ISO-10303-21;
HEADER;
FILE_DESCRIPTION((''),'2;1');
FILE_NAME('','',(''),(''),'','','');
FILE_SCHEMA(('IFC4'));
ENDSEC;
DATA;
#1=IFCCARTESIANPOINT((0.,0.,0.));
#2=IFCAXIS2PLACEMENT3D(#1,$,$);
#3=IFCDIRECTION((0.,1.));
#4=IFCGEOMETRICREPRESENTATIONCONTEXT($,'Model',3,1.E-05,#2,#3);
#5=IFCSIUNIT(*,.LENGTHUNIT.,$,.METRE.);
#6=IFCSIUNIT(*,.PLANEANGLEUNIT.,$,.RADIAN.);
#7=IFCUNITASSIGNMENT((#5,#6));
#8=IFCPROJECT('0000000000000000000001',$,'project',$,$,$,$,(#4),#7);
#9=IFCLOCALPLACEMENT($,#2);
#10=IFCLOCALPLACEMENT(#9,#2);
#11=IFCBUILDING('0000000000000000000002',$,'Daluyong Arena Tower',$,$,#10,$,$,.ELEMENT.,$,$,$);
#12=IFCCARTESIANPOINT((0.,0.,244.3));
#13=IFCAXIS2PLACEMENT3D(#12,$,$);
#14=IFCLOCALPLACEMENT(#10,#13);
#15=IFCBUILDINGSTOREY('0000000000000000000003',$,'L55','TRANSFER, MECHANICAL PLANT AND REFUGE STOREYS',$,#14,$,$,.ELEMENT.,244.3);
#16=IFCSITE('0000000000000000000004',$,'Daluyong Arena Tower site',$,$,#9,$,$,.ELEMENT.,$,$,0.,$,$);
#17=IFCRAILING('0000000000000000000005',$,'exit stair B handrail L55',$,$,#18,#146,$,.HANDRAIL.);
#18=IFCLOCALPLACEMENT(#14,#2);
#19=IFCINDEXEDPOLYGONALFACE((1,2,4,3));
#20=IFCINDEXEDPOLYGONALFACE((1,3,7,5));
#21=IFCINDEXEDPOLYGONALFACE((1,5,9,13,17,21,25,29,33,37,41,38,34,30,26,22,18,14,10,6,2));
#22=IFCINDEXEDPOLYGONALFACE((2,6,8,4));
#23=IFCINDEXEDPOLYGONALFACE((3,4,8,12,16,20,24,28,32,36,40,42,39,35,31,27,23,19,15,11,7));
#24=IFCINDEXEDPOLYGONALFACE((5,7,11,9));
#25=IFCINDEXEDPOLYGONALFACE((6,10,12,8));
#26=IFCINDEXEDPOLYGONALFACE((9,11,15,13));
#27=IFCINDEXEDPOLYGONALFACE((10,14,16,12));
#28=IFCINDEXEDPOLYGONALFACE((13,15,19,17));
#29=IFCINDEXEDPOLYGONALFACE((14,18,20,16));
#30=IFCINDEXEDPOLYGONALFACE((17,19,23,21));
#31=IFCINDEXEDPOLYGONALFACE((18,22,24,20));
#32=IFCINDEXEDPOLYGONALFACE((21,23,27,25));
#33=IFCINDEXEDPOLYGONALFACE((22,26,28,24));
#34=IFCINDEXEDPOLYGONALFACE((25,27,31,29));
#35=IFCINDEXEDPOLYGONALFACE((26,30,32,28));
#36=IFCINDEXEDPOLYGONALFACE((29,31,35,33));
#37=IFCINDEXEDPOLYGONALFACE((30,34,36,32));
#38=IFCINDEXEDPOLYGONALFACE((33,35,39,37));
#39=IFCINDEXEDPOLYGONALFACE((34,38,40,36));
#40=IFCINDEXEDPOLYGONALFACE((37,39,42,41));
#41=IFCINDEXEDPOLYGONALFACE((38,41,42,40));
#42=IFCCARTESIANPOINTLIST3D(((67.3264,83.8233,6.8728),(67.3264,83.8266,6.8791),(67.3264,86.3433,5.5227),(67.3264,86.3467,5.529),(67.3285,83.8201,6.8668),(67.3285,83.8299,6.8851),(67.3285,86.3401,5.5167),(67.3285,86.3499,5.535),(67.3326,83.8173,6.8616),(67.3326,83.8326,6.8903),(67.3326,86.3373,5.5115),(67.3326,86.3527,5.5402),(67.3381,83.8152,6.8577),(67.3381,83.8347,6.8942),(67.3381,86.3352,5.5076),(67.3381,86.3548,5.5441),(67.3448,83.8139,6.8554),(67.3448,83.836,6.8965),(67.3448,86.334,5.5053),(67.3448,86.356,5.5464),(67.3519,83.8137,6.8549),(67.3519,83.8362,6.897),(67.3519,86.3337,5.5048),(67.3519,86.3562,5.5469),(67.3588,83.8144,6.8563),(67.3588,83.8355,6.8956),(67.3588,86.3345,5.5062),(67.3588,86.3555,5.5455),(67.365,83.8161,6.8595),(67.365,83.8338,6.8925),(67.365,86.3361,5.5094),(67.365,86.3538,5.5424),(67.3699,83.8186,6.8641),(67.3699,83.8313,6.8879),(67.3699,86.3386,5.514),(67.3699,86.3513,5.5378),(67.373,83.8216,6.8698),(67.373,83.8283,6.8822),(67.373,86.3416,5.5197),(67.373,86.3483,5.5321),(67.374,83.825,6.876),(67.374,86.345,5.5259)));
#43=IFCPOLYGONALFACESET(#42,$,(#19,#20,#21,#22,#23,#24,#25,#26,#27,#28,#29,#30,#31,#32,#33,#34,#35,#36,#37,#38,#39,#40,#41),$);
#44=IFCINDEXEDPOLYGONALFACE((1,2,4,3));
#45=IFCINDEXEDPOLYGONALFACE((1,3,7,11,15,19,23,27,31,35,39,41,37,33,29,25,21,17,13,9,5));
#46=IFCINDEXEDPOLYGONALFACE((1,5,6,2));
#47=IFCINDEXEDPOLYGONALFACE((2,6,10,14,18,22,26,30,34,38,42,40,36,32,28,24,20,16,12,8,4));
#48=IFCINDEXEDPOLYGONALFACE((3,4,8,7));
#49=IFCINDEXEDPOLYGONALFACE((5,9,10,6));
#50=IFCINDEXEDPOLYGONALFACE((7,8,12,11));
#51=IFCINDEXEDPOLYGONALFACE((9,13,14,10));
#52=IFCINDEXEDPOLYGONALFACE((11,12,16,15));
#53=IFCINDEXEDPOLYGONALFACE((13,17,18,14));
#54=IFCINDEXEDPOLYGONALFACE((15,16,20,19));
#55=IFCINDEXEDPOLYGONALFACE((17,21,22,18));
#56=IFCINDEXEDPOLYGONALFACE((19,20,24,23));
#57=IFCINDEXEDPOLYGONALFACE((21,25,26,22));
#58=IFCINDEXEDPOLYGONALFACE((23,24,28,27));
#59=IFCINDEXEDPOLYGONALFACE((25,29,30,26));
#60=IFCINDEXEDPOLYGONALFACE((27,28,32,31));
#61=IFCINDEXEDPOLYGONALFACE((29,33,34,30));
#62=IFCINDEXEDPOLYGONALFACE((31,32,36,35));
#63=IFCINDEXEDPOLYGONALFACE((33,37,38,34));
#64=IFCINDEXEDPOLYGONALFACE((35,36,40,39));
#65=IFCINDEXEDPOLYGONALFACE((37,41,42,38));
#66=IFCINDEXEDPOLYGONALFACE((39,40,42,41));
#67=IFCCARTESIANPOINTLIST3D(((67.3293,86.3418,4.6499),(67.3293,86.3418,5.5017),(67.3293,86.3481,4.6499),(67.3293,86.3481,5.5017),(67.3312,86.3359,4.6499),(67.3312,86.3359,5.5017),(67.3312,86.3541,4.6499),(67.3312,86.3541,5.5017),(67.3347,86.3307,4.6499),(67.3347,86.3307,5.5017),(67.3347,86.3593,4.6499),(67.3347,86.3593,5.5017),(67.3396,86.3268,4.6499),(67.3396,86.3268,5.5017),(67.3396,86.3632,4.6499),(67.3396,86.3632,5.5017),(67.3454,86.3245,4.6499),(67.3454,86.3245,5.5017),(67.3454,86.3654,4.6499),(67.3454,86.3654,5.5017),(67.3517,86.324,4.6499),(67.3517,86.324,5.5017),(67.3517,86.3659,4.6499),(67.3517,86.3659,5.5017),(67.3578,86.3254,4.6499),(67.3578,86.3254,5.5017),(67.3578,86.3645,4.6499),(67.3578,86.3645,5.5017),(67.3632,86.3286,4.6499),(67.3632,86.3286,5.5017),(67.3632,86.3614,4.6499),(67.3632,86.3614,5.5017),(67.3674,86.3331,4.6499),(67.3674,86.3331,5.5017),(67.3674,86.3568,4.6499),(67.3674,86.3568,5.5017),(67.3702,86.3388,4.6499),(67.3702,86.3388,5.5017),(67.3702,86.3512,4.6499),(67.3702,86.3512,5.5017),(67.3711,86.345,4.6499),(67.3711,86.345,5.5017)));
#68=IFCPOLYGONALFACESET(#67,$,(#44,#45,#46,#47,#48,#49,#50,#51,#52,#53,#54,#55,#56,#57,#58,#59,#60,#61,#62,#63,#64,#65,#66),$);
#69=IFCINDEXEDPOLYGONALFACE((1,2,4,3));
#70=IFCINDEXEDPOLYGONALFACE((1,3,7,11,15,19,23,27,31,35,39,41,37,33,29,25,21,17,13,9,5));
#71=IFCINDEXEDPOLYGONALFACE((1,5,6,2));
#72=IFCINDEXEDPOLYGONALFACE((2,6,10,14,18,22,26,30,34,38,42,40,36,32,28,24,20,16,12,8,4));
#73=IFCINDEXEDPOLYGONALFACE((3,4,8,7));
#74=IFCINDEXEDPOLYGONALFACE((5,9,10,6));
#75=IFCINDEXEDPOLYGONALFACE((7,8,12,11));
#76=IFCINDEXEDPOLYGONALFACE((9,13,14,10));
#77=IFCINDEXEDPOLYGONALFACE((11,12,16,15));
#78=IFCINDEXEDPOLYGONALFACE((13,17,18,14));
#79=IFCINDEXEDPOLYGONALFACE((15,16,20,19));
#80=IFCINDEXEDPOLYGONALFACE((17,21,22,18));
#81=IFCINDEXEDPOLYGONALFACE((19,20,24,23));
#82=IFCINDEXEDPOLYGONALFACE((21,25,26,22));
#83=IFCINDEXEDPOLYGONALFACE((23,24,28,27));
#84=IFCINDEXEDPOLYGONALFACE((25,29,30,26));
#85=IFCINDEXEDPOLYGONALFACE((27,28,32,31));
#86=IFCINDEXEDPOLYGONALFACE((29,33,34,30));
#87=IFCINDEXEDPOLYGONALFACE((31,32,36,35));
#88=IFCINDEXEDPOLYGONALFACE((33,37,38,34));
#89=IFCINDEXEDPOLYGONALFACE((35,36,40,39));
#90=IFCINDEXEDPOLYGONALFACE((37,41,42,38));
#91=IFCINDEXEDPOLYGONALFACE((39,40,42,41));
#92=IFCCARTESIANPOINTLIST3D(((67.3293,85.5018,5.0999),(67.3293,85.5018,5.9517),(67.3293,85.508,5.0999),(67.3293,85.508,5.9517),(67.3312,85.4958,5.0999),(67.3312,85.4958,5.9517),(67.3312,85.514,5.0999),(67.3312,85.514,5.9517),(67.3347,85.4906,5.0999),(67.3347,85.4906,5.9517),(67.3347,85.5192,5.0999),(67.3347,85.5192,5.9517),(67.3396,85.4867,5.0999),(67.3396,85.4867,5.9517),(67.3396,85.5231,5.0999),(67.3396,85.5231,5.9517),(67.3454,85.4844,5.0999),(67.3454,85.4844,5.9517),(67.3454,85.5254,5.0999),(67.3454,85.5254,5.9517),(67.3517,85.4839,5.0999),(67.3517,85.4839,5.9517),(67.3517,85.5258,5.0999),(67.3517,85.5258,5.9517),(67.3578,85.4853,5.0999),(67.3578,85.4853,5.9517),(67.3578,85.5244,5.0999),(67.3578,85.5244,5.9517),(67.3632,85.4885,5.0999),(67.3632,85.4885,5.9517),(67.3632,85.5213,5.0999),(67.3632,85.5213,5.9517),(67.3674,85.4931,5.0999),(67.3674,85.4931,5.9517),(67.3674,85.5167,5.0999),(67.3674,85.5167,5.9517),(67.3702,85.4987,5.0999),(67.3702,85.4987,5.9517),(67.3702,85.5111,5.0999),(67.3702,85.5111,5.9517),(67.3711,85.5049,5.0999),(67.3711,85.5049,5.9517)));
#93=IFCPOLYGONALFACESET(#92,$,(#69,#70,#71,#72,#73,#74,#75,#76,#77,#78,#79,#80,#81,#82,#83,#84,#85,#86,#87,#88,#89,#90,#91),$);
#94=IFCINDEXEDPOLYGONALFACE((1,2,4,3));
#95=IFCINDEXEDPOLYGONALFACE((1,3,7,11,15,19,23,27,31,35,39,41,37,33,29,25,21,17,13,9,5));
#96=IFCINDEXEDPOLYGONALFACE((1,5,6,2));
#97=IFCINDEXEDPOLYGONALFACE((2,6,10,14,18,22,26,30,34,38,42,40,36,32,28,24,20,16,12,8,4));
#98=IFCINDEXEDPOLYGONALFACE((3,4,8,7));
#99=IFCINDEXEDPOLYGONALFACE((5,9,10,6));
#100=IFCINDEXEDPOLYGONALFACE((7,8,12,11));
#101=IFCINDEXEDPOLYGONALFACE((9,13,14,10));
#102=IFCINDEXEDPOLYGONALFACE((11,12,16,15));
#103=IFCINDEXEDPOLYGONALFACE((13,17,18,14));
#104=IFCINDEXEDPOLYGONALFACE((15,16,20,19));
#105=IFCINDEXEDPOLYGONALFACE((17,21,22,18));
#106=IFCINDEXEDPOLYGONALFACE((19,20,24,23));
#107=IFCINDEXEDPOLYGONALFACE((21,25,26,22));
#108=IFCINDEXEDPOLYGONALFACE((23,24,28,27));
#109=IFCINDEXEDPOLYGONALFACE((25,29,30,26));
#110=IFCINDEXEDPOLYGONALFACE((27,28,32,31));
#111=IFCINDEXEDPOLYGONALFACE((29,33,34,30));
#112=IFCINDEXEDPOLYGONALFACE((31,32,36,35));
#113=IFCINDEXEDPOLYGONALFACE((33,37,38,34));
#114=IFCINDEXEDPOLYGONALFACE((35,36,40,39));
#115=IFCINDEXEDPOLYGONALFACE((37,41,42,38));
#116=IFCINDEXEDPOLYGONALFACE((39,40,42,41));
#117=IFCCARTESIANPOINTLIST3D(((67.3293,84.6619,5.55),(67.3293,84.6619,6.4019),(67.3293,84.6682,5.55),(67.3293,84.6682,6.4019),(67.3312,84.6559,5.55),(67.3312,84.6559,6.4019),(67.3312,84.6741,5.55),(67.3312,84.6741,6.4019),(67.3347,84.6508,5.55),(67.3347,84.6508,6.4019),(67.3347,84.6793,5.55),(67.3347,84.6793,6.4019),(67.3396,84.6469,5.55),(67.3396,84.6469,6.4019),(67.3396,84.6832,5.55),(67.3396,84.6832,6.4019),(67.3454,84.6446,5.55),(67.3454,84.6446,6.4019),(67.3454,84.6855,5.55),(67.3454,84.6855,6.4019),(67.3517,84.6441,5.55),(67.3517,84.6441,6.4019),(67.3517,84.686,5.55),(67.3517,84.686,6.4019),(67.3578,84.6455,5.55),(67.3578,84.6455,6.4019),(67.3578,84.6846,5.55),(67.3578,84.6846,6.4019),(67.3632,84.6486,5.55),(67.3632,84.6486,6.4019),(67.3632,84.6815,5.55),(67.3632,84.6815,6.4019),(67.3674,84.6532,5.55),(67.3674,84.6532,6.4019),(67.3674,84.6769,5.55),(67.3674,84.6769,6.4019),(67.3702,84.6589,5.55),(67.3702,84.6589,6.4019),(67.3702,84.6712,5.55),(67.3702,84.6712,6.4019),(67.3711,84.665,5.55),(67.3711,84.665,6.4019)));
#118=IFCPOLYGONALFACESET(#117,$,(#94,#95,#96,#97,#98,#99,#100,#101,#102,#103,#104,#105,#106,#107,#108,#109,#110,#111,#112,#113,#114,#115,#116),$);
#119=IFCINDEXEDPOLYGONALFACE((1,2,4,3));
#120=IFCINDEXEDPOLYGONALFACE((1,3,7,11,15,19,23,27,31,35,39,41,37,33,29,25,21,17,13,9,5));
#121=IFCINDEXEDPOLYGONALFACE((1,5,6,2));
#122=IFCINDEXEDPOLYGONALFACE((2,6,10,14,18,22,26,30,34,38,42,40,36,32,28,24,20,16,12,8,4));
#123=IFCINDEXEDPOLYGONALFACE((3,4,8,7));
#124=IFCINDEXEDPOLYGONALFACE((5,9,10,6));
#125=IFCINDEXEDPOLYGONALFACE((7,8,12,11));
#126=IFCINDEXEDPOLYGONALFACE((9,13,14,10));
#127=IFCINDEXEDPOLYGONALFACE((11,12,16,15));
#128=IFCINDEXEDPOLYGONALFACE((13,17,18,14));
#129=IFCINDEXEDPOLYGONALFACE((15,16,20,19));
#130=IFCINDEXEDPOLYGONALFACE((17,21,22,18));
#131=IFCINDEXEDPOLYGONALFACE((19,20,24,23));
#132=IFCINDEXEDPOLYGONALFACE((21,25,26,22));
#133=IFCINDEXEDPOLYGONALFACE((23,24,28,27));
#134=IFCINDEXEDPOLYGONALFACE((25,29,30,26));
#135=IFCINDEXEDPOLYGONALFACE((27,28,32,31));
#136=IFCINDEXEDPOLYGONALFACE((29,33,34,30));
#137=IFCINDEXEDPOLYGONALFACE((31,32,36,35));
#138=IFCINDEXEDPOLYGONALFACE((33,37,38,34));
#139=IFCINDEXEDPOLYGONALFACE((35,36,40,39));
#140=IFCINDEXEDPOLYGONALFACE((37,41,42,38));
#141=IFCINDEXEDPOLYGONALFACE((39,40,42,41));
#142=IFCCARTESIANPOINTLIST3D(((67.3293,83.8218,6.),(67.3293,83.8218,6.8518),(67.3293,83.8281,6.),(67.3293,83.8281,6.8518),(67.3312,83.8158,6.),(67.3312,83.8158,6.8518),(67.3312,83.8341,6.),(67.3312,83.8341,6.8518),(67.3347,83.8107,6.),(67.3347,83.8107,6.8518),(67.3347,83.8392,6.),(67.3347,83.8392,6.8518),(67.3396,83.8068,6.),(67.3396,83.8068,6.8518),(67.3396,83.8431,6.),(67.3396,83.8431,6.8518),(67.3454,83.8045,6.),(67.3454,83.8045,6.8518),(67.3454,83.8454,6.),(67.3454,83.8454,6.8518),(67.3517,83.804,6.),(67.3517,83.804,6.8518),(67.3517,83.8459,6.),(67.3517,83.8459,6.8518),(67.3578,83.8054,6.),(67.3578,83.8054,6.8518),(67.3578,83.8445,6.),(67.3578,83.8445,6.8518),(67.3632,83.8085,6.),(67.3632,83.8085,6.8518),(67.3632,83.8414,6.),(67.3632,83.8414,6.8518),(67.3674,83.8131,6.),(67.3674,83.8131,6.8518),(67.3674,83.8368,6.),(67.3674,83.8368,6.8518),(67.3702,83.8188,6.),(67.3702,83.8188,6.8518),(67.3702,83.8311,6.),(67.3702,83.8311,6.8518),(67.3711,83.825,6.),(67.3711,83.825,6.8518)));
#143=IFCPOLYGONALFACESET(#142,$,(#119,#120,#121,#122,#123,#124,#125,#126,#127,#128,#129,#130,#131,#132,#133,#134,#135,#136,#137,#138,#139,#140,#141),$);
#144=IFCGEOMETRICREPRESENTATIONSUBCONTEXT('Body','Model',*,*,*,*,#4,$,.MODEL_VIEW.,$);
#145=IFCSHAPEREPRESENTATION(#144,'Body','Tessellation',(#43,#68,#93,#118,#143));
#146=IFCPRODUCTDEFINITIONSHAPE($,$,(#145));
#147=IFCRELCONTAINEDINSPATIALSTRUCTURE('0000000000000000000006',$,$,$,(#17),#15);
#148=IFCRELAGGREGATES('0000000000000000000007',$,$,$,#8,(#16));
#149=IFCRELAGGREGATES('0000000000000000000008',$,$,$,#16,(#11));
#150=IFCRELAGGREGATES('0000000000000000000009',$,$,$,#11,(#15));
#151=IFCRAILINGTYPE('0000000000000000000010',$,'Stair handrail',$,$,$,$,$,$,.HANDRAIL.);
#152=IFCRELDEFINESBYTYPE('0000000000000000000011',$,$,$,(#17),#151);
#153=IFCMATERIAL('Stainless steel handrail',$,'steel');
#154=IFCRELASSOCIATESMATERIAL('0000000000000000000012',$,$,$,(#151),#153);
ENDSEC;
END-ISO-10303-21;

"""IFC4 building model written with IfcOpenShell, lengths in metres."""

from ifc_helpers import new_model, si_unit, direction, frame, origin, origin_2d, place, context, subcontext, project, spatial, circle, extrude, material, type_object, element, save


model = new_model("IFC4")

# Units and contexts
model_context = context("Model", 3, precision=1e-05, world=origin(), true_north=direction((0.0, 1.0)))
body_context = subcontext(model_context, "Body", "Model", "MODEL_VIEW")
ifc_project = project(units=[si_unit("LENGTHUNIT", "METRE"), si_unit("PLANEANGLEUNIT", "RADIAN")], contexts=[model_context])

# Site, building, storey
site_placement = place(None, origin())
site = spatial("IfcSite", under=ifc_project, at=site_placement, Name="Daluyong Arena Tower site", CompositionType="ELEMENT", RefElevation=0.0)
building_placement = place(site_placement, origin())
building = spatial("IfcBuilding", under=site, at=building_placement, Name="Daluyong Arena Tower", CompositionType="ELEMENT")
storey_placement = place(building_placement, frame((0.0, 0.0, 244.3)))
storey = spatial("IfcBuildingStorey", under=building, at=storey_placement, Name="L55", Description="TRANSFER, MECHANICAL PLANT AND REFUGE STOREYS", CompositionType="ELEMENT", Elevation=244.3)

# Railing
ifc_material_1 = material(Name="Stainless steel handrail", Category="steel")
railing_type_1 = type_object("IfcRailingType", Name="Stair handrail", PredefinedType="HANDRAIL", material=ifc_material_1)
for number, where, name in (
    (1, (67.3501, 86.345, 4.6499), "exit stair B handrail L55"),
):
    element("IfcRailing", number, at=place(storey_placement, frame(where)), inside=storey, type_object=railing_type_1, Name=name, PredefinedType="HANDRAIL", context=body_context, shape_type="SweptSolid", body=[
        extrude(circle(Radius=0.0239, at=origin_2d()), frame((0.0, 0.0, 0.876), z_axis=(0.0, -0.881467, 0.472245), x_axis=(1.0, 0.0, 0.0)), (0.0, 0.0, 1.0), 2.8589),
        extrude(circle(Radius=0.021, at=origin_2d()), origin(), (0.0, 0.0, 1.0), 0.8518),
        extrude(circle(Radius=0.021, at=origin_2d()), frame((0.0, -0.8401, 0.45)), (0.0, 0.0, 1.0), 0.8518),
        extrude(circle(Radius=0.021, at=origin_2d()), frame((0.0, -1.6799, 0.9001)), (0.0, 0.0, 1.0), 0.8518),
        extrude(circle(Radius=0.021, at=origin_2d()), frame((0.0, -2.52, 1.3501)), (0.0, 0.0, 1.0), 0.8518),
    ])

save(model, "model.ifc")
